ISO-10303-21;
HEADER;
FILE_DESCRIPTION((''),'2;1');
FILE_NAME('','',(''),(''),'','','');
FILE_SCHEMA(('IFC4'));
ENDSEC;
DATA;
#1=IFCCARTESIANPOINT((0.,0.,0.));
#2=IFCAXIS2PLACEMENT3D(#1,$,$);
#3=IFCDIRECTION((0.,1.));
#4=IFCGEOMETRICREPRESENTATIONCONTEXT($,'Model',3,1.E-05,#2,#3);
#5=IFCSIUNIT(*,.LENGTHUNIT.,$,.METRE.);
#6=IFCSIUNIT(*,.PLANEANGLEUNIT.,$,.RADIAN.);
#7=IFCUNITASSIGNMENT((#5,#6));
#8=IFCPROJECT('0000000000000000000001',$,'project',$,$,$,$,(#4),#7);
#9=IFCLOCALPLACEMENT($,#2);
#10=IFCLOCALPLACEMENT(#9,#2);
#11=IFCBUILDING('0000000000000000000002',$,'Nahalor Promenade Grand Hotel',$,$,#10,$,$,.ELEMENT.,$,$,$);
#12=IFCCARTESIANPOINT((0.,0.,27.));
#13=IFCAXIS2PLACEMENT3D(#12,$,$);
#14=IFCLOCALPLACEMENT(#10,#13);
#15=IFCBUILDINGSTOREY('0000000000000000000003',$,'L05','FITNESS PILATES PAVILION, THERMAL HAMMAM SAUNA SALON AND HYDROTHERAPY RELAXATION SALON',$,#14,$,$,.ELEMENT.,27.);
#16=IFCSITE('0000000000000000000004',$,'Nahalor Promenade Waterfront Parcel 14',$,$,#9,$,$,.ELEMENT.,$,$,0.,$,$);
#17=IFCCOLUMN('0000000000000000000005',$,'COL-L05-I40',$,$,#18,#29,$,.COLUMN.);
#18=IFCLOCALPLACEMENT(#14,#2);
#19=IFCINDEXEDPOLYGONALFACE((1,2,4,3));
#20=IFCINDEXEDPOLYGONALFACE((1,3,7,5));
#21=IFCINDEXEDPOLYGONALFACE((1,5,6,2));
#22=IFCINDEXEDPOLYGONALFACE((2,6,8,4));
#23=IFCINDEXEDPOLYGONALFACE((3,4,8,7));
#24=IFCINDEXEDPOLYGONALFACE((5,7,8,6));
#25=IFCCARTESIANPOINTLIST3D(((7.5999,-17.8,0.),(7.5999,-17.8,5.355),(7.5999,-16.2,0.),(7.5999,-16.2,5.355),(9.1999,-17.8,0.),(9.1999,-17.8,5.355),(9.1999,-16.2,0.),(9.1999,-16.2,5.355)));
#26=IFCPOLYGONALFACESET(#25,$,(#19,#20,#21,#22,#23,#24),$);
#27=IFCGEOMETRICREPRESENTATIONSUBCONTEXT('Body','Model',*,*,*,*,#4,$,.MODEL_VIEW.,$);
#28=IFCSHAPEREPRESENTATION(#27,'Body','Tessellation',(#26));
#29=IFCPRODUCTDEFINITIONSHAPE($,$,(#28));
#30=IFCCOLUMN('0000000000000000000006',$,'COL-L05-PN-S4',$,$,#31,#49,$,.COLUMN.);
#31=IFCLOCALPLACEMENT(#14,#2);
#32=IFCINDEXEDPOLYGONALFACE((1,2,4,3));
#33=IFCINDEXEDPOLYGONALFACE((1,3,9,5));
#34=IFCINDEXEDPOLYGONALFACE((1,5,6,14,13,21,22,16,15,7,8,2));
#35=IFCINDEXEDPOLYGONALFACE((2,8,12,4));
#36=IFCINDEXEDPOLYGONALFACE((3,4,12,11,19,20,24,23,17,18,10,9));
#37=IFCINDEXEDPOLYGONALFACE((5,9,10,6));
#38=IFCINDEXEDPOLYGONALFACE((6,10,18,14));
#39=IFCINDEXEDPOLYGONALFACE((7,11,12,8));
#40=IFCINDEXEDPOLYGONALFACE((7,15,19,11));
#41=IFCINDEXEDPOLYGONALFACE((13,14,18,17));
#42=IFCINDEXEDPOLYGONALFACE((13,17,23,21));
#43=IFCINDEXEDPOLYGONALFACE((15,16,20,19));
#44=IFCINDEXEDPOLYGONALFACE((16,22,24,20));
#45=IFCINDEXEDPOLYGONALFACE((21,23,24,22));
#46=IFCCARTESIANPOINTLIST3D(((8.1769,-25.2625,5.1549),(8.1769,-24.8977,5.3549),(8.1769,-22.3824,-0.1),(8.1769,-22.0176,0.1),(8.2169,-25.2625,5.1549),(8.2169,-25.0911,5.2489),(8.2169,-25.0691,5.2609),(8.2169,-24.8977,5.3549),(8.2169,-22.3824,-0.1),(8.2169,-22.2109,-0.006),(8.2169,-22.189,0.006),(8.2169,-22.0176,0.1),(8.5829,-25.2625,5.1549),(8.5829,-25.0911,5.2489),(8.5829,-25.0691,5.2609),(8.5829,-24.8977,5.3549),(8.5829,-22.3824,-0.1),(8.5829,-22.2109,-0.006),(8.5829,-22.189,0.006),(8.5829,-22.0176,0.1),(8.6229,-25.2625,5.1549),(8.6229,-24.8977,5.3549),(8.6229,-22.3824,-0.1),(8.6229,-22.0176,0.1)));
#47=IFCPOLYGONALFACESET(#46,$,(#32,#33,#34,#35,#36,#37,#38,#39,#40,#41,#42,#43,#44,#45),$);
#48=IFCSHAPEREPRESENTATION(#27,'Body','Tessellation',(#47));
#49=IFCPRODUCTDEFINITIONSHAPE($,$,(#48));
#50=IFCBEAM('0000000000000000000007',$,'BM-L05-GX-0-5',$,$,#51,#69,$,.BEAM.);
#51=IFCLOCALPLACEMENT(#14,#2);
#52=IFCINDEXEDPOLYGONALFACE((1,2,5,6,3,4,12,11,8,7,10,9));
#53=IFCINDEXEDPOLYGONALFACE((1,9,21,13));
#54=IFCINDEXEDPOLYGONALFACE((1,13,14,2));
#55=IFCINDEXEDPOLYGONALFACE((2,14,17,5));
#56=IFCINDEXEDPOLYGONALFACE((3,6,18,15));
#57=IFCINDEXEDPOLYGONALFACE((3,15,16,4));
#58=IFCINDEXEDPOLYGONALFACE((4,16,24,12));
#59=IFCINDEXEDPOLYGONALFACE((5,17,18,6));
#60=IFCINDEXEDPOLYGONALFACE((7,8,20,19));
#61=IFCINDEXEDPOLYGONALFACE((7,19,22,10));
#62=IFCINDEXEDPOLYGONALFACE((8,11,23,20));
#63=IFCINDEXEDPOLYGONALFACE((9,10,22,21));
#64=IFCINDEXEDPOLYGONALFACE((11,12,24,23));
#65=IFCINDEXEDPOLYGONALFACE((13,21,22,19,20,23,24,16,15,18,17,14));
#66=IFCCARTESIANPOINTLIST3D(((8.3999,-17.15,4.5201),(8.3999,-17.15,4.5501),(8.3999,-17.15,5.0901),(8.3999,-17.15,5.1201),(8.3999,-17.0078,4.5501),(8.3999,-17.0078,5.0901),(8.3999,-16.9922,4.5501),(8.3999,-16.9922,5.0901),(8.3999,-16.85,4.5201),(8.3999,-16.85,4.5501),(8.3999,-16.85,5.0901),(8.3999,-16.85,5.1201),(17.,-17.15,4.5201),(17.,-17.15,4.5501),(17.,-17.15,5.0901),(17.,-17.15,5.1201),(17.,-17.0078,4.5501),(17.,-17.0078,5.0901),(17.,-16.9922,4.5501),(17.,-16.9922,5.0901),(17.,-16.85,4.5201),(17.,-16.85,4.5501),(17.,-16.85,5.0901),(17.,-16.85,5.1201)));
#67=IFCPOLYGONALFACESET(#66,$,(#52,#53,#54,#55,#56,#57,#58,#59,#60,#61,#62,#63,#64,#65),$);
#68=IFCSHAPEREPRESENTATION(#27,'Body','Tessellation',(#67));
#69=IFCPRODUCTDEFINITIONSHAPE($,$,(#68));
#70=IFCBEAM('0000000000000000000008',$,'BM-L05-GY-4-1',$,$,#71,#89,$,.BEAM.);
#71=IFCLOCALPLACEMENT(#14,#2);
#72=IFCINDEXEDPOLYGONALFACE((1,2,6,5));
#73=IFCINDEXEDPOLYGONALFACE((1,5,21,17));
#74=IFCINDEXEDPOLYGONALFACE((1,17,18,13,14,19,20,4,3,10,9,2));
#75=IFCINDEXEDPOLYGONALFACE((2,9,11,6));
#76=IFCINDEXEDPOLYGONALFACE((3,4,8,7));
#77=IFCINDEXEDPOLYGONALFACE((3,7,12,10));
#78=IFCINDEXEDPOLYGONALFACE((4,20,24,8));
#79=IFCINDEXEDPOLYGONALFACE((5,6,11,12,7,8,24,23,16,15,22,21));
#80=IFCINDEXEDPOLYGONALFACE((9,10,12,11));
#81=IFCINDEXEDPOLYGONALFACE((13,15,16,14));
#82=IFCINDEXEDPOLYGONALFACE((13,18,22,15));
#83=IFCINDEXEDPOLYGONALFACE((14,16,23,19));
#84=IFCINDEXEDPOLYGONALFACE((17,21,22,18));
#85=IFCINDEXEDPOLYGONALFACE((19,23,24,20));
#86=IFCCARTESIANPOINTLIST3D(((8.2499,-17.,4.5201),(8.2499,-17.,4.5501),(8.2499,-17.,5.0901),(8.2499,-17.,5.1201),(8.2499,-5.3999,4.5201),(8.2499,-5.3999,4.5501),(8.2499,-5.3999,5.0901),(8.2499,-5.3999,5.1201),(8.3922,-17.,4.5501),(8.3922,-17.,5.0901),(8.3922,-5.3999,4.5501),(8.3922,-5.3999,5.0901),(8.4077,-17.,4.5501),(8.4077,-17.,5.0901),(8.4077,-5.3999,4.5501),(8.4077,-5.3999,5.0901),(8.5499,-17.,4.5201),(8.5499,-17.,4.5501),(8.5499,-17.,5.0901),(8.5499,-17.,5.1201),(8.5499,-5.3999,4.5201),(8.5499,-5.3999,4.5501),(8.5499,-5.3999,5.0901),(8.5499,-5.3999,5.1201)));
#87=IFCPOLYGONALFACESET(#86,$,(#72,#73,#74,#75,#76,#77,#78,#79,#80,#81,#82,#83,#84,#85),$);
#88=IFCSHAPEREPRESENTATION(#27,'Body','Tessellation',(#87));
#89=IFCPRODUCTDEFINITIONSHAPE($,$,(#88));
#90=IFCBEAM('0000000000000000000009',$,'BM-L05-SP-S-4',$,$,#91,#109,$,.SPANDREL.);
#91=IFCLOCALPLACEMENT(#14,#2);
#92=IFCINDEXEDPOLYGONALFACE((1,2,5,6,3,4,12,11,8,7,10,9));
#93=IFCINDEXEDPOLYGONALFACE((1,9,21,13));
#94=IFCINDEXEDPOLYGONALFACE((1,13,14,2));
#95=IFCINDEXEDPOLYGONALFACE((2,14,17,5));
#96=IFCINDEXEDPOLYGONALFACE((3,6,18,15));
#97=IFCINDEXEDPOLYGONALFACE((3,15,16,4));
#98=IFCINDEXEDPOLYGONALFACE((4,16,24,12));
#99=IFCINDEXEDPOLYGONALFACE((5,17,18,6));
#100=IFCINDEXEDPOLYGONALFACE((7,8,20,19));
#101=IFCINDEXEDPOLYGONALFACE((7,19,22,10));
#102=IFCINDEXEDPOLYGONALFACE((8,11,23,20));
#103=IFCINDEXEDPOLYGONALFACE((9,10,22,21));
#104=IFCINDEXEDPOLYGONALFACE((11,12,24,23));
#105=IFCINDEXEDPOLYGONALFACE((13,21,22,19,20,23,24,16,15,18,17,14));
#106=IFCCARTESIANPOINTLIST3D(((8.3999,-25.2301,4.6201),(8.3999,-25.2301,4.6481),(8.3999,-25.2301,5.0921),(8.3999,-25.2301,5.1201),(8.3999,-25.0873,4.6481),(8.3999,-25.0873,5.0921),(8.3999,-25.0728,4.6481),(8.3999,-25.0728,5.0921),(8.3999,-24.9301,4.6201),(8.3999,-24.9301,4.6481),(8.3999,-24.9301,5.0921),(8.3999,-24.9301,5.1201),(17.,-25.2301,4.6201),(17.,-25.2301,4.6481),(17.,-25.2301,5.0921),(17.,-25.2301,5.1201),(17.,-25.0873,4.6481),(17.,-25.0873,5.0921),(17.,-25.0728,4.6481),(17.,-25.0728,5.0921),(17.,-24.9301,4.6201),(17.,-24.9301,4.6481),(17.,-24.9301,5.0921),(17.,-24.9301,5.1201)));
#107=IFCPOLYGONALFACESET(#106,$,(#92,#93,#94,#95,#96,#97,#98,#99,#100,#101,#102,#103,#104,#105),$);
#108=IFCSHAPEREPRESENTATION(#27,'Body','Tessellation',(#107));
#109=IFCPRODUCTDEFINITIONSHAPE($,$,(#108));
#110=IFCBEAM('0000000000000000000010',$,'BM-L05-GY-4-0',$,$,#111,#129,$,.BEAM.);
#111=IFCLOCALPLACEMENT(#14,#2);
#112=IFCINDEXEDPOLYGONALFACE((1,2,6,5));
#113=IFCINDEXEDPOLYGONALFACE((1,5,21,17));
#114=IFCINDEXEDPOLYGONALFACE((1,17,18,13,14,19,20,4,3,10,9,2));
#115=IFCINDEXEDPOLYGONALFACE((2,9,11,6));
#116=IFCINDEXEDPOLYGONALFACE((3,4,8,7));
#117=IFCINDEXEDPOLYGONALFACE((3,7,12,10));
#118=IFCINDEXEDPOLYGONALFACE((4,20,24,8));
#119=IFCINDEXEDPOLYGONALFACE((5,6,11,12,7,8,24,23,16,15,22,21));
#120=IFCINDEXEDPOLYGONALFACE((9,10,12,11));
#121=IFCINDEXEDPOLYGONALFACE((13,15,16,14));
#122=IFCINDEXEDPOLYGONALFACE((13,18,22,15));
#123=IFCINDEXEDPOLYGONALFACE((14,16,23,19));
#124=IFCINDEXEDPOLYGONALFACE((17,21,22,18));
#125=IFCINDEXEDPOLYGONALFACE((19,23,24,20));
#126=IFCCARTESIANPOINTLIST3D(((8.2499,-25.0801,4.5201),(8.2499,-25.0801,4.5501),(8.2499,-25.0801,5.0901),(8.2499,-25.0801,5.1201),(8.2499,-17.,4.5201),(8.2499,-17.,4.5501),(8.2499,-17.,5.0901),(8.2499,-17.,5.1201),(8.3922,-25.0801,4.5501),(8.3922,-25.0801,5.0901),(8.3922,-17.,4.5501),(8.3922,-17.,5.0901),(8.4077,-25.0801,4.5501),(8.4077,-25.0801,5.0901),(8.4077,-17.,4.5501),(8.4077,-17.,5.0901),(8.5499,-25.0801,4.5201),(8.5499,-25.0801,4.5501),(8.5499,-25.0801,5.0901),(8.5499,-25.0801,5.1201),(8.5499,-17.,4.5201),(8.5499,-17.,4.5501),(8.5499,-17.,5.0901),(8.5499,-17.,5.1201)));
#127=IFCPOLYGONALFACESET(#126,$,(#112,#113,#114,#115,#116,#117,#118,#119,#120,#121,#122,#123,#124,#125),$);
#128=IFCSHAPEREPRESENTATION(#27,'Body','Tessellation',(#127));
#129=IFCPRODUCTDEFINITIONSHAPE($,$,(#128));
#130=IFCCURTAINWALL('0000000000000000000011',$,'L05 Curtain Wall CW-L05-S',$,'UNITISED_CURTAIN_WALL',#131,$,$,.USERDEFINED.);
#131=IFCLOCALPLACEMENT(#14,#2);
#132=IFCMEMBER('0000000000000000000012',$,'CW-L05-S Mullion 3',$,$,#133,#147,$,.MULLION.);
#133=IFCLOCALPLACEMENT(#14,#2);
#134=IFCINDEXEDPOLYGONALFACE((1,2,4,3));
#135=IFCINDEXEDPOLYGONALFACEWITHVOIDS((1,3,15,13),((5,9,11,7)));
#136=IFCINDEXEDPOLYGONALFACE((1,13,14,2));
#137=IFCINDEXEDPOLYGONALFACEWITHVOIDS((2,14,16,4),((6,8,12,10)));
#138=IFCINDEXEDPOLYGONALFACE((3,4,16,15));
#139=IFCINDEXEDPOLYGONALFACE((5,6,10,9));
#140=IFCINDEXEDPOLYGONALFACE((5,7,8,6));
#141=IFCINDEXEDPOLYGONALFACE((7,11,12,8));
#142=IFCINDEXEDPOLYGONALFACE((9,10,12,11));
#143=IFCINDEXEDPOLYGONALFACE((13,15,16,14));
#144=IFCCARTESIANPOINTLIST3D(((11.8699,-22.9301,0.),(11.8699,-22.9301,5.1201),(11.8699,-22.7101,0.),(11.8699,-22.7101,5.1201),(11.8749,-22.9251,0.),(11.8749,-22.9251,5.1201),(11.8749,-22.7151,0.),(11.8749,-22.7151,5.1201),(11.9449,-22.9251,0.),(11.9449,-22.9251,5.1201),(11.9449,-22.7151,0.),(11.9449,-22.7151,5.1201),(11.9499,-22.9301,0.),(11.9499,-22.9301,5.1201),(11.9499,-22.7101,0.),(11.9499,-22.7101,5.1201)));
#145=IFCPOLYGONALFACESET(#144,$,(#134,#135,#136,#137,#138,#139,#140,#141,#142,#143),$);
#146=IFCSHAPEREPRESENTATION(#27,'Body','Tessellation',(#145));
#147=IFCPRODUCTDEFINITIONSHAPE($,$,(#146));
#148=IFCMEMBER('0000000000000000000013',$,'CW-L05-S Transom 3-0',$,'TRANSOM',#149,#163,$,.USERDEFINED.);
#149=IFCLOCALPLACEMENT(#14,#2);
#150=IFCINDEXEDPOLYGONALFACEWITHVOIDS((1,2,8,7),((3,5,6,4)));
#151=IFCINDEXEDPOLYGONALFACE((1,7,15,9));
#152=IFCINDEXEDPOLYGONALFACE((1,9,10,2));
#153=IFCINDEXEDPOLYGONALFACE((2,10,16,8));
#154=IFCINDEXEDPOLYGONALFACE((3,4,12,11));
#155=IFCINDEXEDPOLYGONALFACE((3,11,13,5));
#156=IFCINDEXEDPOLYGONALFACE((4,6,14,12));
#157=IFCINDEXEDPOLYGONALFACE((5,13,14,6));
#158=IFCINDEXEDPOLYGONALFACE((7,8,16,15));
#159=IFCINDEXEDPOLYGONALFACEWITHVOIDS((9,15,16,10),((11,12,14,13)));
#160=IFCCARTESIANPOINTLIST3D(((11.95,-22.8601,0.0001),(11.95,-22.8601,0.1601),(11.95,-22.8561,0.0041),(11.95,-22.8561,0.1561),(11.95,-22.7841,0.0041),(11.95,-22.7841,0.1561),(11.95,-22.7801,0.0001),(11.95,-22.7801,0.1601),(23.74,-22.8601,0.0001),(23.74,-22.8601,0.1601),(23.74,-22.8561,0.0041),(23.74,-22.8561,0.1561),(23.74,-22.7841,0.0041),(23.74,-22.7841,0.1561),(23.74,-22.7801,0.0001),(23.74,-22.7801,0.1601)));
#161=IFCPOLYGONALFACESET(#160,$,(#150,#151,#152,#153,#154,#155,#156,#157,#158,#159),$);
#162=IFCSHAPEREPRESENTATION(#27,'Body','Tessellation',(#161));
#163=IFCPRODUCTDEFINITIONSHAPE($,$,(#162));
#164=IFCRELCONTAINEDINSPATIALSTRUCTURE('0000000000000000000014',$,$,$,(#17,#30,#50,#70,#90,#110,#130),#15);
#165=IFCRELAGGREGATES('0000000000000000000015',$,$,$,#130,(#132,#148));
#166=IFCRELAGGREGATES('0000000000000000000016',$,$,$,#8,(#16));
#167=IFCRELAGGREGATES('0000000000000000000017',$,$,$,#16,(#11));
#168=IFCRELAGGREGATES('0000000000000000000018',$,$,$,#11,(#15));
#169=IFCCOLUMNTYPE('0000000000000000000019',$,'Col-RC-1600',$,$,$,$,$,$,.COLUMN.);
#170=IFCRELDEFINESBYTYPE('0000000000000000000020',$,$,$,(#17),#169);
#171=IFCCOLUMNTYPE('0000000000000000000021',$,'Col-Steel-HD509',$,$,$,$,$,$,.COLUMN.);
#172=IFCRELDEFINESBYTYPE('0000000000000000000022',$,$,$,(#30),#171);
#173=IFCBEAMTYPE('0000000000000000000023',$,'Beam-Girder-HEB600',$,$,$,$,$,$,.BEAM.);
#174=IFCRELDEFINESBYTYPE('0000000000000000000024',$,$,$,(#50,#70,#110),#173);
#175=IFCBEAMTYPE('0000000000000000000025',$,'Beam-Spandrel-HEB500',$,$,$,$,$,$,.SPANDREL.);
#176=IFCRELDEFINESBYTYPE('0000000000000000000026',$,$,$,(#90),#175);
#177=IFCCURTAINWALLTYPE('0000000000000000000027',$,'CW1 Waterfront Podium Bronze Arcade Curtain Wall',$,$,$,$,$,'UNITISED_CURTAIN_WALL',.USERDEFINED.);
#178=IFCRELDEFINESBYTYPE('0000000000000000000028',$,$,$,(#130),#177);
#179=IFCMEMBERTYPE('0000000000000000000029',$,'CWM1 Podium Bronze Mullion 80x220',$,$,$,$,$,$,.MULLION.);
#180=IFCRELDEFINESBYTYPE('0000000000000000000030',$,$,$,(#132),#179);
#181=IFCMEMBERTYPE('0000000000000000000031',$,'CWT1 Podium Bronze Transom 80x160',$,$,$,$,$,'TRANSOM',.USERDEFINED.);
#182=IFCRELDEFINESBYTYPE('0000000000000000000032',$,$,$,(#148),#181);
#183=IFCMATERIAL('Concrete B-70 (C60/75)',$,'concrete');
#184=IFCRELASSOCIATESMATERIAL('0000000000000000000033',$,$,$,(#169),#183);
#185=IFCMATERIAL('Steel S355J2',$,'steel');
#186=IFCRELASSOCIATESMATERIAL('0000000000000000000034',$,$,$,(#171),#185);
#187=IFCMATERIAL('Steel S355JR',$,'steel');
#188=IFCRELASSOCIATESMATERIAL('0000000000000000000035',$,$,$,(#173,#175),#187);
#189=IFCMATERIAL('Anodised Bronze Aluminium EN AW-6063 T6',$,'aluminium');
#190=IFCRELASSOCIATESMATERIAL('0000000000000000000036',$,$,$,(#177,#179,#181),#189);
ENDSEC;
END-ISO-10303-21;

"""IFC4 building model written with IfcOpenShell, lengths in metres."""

from ifc_helpers import new_model, si_unit, direction, frame, origin, origin_2d, place, context, subcontext, project, spatial, rectangle, hollow_rectangle, i_section, extrude, source, transform, mapped, material, material_profile, profile_set, type_object, element, aggregate, save


model = new_model("IFC4")

# Units and contexts
model_context = context("Model", 3, precision=1e-05, world=origin(), true_north=direction((0.0, 1.0)))
body_context = subcontext(model_context, "Body", "Model", "MODEL_VIEW")
ifc_project = project(units=[si_unit("LENGTHUNIT", "METRE"), si_unit("PLANEANGLEUNIT", "RADIAN")], contexts=[model_context])

# Site, building, storey
site_placement = place(None, origin())
site = spatial("IfcSite", under=ifc_project, at=site_placement, Name="Nahalor Promenade Waterfront Parcel 14", CompositionType="ELEMENT", RefElevation=0.0)
building_placement = place(site_placement, origin())
building = spatial("IfcBuilding", under=site, at=building_placement, Name="Nahalor Promenade Grand Hotel", CompositionType="ELEMENT")
storey_placement = place(building_placement, frame((0.0, 0.0, 27.0)))
storey = spatial("IfcBuildingStorey", under=building, at=storey_placement, Name="L05", Description="FITNESS PILATES PAVILION, THERMAL HAMMAM SAUNA SALON AND HYDROTHERAPY RELAXATION SALON", CompositionType="ELEMENT", Elevation=27.0)

# Columns
ifc_material_1 = material(Name="Concrete B-70 (C60/75)", Category="concrete")
ifc_material_profile_1 = material_profile(ifc_material_1, rectangle(XDim=1.6, YDim=1.6, at=origin_2d()), Name="RC 1600x1600")
ifc_profile_set_1 = profile_set([ifc_material_profile_1], Name="Concrete B-70 (C60/75)")
column_type_1 = type_object("IfcColumnType", Name="Col-RC-1600", PredefinedType="COLUMN", material=ifc_profile_set_1)
shared_shape_1 = source(origin(), body_context, "Body", "SweptSolid", [
    extrude(rectangle(XDim=1.6, YDim=1.6, at=origin_2d()), origin(), (0.0, 0.0, 1.0), 5.355),
])
column_1_placement = place(storey_placement, frame((8.3999, -17.0, 0.0), z_axis=(0.0, 0.0, 1.0), x_axis=(1.0, 0.0, 0.0)))
element("IfcColumn", 1, at=column_1_placement, inside=storey, type_object=column_type_1, Name="COL-L05-I40", PredefinedType="COLUMN", context=body_context, shape_type="MappedRepresentation", body=[
    mapped(shared_shape_1, transform((0.0, 0.0, 0.0), scale=1.0)),
])
ifc_material_2 = material(Name="Steel S355J2", Category="steel")
ifc_material_profile_2 = material_profile(ifc_material_2, i_section(OverallWidth=0.416, OverallDepth=0.446, WebThickness=0.025, FlangeThickness=0.04, at=origin_2d()), Name="HD 400x509")
ifc_profile_set_2 = profile_set([ifc_material_profile_2], Name="Steel S355J2")
column_type_2 = type_object("IfcColumnType", Name="Col-Steel-HD509", PredefinedType="COLUMN", material=ifc_profile_set_2)
shared_shape_2 = source(origin(), body_context, "Body", "SweptSolid", [
    extrude(i_section(OverallWidth=0.416, OverallDepth=0.446, WebThickness=0.025, FlangeThickness=0.04, at=origin_2d()), origin(), (0.0, 0.0, 1.0), 5.9924),
])
column_2_placement = place(storey_placement, frame((8.3999, -22.2, 0.0), z_axis=(0.0, -0.48063, 0.876924), x_axis=(0.0, 0.876924, 0.48063)))
element("IfcColumn", 2, at=column_2_placement, inside=storey, type_object=column_type_2, Name="COL-L05-PN-S4", PredefinedType="COLUMN", context=body_context, shape_type="MappedRepresentation", body=[
    mapped(shared_shape_2, transform((0.0, 0.0, 0.0), scale=1.0)),
])

# Beams
ifc_material_3 = material(Name="Steel S355JR", Category="steel")
ifc_material_profile_3 = material_profile(ifc_material_3, i_section(OverallWidth=0.3, OverallDepth=0.6, WebThickness=0.0155, FlangeThickness=0.03, at=origin_2d()), Name="HEB 600")
ifc_profile_set_3 = profile_set([ifc_material_profile_3], Name="Steel S355JR")
beam_type_1 = type_object("IfcBeamType", Name="Beam-Girder-HEB600", PredefinedType="BEAM", material=ifc_profile_set_3)
shared_shape_3 = source(origin(), body_context, "Body", "SweptSolid", [
    extrude(i_section(OverallWidth=0.3, OverallDepth=0.6, WebThickness=0.0155, FlangeThickness=0.03, at=origin_2d()), origin(), (0.0, 0.0, 1.0), 8.6001),
])
beam_1_placement = place(storey_placement, frame((8.3999, -17.0, 4.8201), z_axis=(1.0, 0.0, 0.0), x_axis=(0.0, 1.0, 0.0)))
element("IfcBeam", 3, at=beam_1_placement, inside=storey, type_object=beam_type_1, Name="BM-L05-GX-0-5", PredefinedType="BEAM", context=body_context, shape_type="MappedRepresentation", body=[
    mapped(shared_shape_3, transform((0.0, 0.0, 0.0), scale=1.0)),
])
shared_shape_4 = source(origin(), body_context, "Body", "SweptSolid", [
    extrude(i_section(OverallWidth=0.3, OverallDepth=0.6, WebThickness=0.0155, FlangeThickness=0.03, at=origin_2d()), origin(), (0.0, 0.0, 1.0), 11.6001),
])
beam_2_placement = place(storey_placement, frame((8.3999, -17.0, 4.8201), z_axis=(0.0, 1.0, 0.0), x_axis=(-1.0, 0.0, 0.0)))
element("IfcBeam", 4, at=beam_2_placement, inside=storey, type_object=beam_type_1, Name="BM-L05-GY-4-1", PredefinedType="BEAM", context=body_context, shape_type="MappedRepresentation", body=[
    mapped(shared_shape_4, transform((0.0, 0.0, 0.0), scale=1.0)),
])
ifc_material_profile_4 = material_profile(ifc_material_3, i_section(OverallWidth=0.3, OverallDepth=0.5, WebThickness=0.0145, FlangeThickness=0.028, at=origin_2d()), Name="HEB 500")
ifc_profile_set_4 = profile_set([ifc_material_profile_4], Name="Steel S355JR")
beam_type_2 = type_object("IfcBeamType", Name="Beam-Spandrel-HEB500", PredefinedType="SPANDREL", material=ifc_profile_set_4)
shared_shape_5 = source(origin(), body_context, "Body", "SweptSolid", [
    extrude(i_section(OverallWidth=0.3, OverallDepth=0.5, WebThickness=0.0145, FlangeThickness=0.028, at=origin_2d()), origin(), (0.0, 0.0, 1.0), 8.6001),
])
beam_3_placement = place(storey_placement, frame((8.3999, -25.0801, 4.8701), z_axis=(1.0, 0.0, 0.0), x_axis=(0.0, 1.0, 0.0)))
element("IfcBeam", 5, at=beam_3_placement, inside=storey, type_object=beam_type_2, Name="BM-L05-SP-S-4", PredefinedType="SPANDREL", context=body_context, shape_type="MappedRepresentation", body=[
    mapped(shared_shape_5, transform((0.0, 0.0, 0.0), scale=1.0)),
])
shared_shape_6 = source(origin(), body_context, "Body", "SweptSolid", [
    extrude(i_section(OverallWidth=0.3, OverallDepth=0.6, WebThickness=0.0155, FlangeThickness=0.03, at=origin_2d()), origin(), (0.0, 0.0, 1.0), 8.0801),
])
beam_4_placement = place(storey_placement, frame((8.3999, -25.0801, 4.8201), z_axis=(0.0, 1.0, 0.0), x_axis=(-1.0, 0.0, 0.0)))
element("IfcBeam", 6, at=beam_4_placement, inside=storey, type_object=beam_type_1, Name="BM-L05-GY-4-0", PredefinedType="BEAM", context=body_context, shape_type="MappedRepresentation", body=[
    mapped(shared_shape_6, transform((0.0, 0.0, 0.0), scale=1.0)),
])

# Curtain wall, members
ifc_material_4 = material(Name="Anodised Bronze Aluminium EN AW-6063 T6", Category="aluminium")
curtain_wall_type = type_object("IfcCurtainWallType", Name="CW1 Waterfront Podium Bronze Arcade Curtain Wall", ElementType="UNITISED_CURTAIN_WALL", PredefinedType="USERDEFINED", material=ifc_material_4)
curtain_wall_placement = place(storey_placement, origin())
curtain_wall = element("IfcCurtainWall", 7, at=curtain_wall_placement, inside=storey, type_object=curtain_wall_type, Name="L05 Curtain Wall CW-L05-S", ObjectType="UNITISED_CURTAIN_WALL", PredefinedType="USERDEFINED")
ifc_material_profile_5 = material_profile(ifc_material_4, hollow_rectangle(XDim=0.08, YDim=0.22, WallThickness=0.005, at=origin_2d()), Name="CWM 80x220x5")
ifc_profile_set_5 = profile_set([ifc_material_profile_5], Name="Anodised Bronze Aluminium EN AW-6063 T6")
member_type_1 = type_object("IfcMemberType", Name="CWM1 Podium Bronze Mullion 80x220", PredefinedType="MULLION", material=ifc_profile_set_5)
shared_shape_7 = source(origin(), body_context, "Body", "SweptSolid", [
    extrude(hollow_rectangle(XDim=0.08, YDim=0.22, WallThickness=0.005, at=origin_2d()), origin(), (0.0, 0.0, 1.0), 5.1201),
])
member_1_placement = place(storey_placement, frame((11.9099, -22.8201, 0.0), z_axis=(0.0, 0.0, 1.0), x_axis=(1.0, 0.0, 0.0)))
member_1 = element("IfcMember", 8, at=member_1_placement, type_object=member_type_1, Name="CW-L05-S Mullion 3", PredefinedType="MULLION", context=body_context, shape_type="MappedRepresentation", body=[
    mapped(shared_shape_7, transform((0.0, 0.0, 0.0), scale=1.0)),
])
ifc_material_profile_6 = material_profile(ifc_material_4, hollow_rectangle(XDim=0.08, YDim=0.16, WallThickness=0.004, at=origin_2d()), Name="CWT 80x160x4")
ifc_profile_set_6 = profile_set([ifc_material_profile_6], Name="Anodised Bronze Aluminium EN AW-6063 T6")
member_type_2 = type_object("IfcMemberType", Name="CWT1 Podium Bronze Transom 80x160", ElementType="TRANSOM", PredefinedType="USERDEFINED", material=ifc_profile_set_6)
shared_shape_8 = source(origin(), body_context, "Body", "SweptSolid", [
    extrude(hollow_rectangle(XDim=0.08, YDim=0.16, WallThickness=0.004, at=origin_2d()), origin(), (0.0, 0.0, 1.0), 11.79),
])
member_2_placement = place(storey_placement, frame((11.95, -22.8201, 0.0801), z_axis=(1.0, 0.0, 0.0), x_axis=(0.0, 1.0, 0.0)))
member_2 = element("IfcMember", 9, at=member_2_placement, type_object=member_type_2, Name="CW-L05-S Transom 3-0", ObjectType="TRANSOM", PredefinedType="USERDEFINED", context=body_context, shape_type="MappedRepresentation", body=[
    mapped(shared_shape_8, transform((0.0, 0.0, 0.0), scale=1.0)),
])
aggregate(curtain_wall, [member_1, member_2])

save(model, "model.ifc")
